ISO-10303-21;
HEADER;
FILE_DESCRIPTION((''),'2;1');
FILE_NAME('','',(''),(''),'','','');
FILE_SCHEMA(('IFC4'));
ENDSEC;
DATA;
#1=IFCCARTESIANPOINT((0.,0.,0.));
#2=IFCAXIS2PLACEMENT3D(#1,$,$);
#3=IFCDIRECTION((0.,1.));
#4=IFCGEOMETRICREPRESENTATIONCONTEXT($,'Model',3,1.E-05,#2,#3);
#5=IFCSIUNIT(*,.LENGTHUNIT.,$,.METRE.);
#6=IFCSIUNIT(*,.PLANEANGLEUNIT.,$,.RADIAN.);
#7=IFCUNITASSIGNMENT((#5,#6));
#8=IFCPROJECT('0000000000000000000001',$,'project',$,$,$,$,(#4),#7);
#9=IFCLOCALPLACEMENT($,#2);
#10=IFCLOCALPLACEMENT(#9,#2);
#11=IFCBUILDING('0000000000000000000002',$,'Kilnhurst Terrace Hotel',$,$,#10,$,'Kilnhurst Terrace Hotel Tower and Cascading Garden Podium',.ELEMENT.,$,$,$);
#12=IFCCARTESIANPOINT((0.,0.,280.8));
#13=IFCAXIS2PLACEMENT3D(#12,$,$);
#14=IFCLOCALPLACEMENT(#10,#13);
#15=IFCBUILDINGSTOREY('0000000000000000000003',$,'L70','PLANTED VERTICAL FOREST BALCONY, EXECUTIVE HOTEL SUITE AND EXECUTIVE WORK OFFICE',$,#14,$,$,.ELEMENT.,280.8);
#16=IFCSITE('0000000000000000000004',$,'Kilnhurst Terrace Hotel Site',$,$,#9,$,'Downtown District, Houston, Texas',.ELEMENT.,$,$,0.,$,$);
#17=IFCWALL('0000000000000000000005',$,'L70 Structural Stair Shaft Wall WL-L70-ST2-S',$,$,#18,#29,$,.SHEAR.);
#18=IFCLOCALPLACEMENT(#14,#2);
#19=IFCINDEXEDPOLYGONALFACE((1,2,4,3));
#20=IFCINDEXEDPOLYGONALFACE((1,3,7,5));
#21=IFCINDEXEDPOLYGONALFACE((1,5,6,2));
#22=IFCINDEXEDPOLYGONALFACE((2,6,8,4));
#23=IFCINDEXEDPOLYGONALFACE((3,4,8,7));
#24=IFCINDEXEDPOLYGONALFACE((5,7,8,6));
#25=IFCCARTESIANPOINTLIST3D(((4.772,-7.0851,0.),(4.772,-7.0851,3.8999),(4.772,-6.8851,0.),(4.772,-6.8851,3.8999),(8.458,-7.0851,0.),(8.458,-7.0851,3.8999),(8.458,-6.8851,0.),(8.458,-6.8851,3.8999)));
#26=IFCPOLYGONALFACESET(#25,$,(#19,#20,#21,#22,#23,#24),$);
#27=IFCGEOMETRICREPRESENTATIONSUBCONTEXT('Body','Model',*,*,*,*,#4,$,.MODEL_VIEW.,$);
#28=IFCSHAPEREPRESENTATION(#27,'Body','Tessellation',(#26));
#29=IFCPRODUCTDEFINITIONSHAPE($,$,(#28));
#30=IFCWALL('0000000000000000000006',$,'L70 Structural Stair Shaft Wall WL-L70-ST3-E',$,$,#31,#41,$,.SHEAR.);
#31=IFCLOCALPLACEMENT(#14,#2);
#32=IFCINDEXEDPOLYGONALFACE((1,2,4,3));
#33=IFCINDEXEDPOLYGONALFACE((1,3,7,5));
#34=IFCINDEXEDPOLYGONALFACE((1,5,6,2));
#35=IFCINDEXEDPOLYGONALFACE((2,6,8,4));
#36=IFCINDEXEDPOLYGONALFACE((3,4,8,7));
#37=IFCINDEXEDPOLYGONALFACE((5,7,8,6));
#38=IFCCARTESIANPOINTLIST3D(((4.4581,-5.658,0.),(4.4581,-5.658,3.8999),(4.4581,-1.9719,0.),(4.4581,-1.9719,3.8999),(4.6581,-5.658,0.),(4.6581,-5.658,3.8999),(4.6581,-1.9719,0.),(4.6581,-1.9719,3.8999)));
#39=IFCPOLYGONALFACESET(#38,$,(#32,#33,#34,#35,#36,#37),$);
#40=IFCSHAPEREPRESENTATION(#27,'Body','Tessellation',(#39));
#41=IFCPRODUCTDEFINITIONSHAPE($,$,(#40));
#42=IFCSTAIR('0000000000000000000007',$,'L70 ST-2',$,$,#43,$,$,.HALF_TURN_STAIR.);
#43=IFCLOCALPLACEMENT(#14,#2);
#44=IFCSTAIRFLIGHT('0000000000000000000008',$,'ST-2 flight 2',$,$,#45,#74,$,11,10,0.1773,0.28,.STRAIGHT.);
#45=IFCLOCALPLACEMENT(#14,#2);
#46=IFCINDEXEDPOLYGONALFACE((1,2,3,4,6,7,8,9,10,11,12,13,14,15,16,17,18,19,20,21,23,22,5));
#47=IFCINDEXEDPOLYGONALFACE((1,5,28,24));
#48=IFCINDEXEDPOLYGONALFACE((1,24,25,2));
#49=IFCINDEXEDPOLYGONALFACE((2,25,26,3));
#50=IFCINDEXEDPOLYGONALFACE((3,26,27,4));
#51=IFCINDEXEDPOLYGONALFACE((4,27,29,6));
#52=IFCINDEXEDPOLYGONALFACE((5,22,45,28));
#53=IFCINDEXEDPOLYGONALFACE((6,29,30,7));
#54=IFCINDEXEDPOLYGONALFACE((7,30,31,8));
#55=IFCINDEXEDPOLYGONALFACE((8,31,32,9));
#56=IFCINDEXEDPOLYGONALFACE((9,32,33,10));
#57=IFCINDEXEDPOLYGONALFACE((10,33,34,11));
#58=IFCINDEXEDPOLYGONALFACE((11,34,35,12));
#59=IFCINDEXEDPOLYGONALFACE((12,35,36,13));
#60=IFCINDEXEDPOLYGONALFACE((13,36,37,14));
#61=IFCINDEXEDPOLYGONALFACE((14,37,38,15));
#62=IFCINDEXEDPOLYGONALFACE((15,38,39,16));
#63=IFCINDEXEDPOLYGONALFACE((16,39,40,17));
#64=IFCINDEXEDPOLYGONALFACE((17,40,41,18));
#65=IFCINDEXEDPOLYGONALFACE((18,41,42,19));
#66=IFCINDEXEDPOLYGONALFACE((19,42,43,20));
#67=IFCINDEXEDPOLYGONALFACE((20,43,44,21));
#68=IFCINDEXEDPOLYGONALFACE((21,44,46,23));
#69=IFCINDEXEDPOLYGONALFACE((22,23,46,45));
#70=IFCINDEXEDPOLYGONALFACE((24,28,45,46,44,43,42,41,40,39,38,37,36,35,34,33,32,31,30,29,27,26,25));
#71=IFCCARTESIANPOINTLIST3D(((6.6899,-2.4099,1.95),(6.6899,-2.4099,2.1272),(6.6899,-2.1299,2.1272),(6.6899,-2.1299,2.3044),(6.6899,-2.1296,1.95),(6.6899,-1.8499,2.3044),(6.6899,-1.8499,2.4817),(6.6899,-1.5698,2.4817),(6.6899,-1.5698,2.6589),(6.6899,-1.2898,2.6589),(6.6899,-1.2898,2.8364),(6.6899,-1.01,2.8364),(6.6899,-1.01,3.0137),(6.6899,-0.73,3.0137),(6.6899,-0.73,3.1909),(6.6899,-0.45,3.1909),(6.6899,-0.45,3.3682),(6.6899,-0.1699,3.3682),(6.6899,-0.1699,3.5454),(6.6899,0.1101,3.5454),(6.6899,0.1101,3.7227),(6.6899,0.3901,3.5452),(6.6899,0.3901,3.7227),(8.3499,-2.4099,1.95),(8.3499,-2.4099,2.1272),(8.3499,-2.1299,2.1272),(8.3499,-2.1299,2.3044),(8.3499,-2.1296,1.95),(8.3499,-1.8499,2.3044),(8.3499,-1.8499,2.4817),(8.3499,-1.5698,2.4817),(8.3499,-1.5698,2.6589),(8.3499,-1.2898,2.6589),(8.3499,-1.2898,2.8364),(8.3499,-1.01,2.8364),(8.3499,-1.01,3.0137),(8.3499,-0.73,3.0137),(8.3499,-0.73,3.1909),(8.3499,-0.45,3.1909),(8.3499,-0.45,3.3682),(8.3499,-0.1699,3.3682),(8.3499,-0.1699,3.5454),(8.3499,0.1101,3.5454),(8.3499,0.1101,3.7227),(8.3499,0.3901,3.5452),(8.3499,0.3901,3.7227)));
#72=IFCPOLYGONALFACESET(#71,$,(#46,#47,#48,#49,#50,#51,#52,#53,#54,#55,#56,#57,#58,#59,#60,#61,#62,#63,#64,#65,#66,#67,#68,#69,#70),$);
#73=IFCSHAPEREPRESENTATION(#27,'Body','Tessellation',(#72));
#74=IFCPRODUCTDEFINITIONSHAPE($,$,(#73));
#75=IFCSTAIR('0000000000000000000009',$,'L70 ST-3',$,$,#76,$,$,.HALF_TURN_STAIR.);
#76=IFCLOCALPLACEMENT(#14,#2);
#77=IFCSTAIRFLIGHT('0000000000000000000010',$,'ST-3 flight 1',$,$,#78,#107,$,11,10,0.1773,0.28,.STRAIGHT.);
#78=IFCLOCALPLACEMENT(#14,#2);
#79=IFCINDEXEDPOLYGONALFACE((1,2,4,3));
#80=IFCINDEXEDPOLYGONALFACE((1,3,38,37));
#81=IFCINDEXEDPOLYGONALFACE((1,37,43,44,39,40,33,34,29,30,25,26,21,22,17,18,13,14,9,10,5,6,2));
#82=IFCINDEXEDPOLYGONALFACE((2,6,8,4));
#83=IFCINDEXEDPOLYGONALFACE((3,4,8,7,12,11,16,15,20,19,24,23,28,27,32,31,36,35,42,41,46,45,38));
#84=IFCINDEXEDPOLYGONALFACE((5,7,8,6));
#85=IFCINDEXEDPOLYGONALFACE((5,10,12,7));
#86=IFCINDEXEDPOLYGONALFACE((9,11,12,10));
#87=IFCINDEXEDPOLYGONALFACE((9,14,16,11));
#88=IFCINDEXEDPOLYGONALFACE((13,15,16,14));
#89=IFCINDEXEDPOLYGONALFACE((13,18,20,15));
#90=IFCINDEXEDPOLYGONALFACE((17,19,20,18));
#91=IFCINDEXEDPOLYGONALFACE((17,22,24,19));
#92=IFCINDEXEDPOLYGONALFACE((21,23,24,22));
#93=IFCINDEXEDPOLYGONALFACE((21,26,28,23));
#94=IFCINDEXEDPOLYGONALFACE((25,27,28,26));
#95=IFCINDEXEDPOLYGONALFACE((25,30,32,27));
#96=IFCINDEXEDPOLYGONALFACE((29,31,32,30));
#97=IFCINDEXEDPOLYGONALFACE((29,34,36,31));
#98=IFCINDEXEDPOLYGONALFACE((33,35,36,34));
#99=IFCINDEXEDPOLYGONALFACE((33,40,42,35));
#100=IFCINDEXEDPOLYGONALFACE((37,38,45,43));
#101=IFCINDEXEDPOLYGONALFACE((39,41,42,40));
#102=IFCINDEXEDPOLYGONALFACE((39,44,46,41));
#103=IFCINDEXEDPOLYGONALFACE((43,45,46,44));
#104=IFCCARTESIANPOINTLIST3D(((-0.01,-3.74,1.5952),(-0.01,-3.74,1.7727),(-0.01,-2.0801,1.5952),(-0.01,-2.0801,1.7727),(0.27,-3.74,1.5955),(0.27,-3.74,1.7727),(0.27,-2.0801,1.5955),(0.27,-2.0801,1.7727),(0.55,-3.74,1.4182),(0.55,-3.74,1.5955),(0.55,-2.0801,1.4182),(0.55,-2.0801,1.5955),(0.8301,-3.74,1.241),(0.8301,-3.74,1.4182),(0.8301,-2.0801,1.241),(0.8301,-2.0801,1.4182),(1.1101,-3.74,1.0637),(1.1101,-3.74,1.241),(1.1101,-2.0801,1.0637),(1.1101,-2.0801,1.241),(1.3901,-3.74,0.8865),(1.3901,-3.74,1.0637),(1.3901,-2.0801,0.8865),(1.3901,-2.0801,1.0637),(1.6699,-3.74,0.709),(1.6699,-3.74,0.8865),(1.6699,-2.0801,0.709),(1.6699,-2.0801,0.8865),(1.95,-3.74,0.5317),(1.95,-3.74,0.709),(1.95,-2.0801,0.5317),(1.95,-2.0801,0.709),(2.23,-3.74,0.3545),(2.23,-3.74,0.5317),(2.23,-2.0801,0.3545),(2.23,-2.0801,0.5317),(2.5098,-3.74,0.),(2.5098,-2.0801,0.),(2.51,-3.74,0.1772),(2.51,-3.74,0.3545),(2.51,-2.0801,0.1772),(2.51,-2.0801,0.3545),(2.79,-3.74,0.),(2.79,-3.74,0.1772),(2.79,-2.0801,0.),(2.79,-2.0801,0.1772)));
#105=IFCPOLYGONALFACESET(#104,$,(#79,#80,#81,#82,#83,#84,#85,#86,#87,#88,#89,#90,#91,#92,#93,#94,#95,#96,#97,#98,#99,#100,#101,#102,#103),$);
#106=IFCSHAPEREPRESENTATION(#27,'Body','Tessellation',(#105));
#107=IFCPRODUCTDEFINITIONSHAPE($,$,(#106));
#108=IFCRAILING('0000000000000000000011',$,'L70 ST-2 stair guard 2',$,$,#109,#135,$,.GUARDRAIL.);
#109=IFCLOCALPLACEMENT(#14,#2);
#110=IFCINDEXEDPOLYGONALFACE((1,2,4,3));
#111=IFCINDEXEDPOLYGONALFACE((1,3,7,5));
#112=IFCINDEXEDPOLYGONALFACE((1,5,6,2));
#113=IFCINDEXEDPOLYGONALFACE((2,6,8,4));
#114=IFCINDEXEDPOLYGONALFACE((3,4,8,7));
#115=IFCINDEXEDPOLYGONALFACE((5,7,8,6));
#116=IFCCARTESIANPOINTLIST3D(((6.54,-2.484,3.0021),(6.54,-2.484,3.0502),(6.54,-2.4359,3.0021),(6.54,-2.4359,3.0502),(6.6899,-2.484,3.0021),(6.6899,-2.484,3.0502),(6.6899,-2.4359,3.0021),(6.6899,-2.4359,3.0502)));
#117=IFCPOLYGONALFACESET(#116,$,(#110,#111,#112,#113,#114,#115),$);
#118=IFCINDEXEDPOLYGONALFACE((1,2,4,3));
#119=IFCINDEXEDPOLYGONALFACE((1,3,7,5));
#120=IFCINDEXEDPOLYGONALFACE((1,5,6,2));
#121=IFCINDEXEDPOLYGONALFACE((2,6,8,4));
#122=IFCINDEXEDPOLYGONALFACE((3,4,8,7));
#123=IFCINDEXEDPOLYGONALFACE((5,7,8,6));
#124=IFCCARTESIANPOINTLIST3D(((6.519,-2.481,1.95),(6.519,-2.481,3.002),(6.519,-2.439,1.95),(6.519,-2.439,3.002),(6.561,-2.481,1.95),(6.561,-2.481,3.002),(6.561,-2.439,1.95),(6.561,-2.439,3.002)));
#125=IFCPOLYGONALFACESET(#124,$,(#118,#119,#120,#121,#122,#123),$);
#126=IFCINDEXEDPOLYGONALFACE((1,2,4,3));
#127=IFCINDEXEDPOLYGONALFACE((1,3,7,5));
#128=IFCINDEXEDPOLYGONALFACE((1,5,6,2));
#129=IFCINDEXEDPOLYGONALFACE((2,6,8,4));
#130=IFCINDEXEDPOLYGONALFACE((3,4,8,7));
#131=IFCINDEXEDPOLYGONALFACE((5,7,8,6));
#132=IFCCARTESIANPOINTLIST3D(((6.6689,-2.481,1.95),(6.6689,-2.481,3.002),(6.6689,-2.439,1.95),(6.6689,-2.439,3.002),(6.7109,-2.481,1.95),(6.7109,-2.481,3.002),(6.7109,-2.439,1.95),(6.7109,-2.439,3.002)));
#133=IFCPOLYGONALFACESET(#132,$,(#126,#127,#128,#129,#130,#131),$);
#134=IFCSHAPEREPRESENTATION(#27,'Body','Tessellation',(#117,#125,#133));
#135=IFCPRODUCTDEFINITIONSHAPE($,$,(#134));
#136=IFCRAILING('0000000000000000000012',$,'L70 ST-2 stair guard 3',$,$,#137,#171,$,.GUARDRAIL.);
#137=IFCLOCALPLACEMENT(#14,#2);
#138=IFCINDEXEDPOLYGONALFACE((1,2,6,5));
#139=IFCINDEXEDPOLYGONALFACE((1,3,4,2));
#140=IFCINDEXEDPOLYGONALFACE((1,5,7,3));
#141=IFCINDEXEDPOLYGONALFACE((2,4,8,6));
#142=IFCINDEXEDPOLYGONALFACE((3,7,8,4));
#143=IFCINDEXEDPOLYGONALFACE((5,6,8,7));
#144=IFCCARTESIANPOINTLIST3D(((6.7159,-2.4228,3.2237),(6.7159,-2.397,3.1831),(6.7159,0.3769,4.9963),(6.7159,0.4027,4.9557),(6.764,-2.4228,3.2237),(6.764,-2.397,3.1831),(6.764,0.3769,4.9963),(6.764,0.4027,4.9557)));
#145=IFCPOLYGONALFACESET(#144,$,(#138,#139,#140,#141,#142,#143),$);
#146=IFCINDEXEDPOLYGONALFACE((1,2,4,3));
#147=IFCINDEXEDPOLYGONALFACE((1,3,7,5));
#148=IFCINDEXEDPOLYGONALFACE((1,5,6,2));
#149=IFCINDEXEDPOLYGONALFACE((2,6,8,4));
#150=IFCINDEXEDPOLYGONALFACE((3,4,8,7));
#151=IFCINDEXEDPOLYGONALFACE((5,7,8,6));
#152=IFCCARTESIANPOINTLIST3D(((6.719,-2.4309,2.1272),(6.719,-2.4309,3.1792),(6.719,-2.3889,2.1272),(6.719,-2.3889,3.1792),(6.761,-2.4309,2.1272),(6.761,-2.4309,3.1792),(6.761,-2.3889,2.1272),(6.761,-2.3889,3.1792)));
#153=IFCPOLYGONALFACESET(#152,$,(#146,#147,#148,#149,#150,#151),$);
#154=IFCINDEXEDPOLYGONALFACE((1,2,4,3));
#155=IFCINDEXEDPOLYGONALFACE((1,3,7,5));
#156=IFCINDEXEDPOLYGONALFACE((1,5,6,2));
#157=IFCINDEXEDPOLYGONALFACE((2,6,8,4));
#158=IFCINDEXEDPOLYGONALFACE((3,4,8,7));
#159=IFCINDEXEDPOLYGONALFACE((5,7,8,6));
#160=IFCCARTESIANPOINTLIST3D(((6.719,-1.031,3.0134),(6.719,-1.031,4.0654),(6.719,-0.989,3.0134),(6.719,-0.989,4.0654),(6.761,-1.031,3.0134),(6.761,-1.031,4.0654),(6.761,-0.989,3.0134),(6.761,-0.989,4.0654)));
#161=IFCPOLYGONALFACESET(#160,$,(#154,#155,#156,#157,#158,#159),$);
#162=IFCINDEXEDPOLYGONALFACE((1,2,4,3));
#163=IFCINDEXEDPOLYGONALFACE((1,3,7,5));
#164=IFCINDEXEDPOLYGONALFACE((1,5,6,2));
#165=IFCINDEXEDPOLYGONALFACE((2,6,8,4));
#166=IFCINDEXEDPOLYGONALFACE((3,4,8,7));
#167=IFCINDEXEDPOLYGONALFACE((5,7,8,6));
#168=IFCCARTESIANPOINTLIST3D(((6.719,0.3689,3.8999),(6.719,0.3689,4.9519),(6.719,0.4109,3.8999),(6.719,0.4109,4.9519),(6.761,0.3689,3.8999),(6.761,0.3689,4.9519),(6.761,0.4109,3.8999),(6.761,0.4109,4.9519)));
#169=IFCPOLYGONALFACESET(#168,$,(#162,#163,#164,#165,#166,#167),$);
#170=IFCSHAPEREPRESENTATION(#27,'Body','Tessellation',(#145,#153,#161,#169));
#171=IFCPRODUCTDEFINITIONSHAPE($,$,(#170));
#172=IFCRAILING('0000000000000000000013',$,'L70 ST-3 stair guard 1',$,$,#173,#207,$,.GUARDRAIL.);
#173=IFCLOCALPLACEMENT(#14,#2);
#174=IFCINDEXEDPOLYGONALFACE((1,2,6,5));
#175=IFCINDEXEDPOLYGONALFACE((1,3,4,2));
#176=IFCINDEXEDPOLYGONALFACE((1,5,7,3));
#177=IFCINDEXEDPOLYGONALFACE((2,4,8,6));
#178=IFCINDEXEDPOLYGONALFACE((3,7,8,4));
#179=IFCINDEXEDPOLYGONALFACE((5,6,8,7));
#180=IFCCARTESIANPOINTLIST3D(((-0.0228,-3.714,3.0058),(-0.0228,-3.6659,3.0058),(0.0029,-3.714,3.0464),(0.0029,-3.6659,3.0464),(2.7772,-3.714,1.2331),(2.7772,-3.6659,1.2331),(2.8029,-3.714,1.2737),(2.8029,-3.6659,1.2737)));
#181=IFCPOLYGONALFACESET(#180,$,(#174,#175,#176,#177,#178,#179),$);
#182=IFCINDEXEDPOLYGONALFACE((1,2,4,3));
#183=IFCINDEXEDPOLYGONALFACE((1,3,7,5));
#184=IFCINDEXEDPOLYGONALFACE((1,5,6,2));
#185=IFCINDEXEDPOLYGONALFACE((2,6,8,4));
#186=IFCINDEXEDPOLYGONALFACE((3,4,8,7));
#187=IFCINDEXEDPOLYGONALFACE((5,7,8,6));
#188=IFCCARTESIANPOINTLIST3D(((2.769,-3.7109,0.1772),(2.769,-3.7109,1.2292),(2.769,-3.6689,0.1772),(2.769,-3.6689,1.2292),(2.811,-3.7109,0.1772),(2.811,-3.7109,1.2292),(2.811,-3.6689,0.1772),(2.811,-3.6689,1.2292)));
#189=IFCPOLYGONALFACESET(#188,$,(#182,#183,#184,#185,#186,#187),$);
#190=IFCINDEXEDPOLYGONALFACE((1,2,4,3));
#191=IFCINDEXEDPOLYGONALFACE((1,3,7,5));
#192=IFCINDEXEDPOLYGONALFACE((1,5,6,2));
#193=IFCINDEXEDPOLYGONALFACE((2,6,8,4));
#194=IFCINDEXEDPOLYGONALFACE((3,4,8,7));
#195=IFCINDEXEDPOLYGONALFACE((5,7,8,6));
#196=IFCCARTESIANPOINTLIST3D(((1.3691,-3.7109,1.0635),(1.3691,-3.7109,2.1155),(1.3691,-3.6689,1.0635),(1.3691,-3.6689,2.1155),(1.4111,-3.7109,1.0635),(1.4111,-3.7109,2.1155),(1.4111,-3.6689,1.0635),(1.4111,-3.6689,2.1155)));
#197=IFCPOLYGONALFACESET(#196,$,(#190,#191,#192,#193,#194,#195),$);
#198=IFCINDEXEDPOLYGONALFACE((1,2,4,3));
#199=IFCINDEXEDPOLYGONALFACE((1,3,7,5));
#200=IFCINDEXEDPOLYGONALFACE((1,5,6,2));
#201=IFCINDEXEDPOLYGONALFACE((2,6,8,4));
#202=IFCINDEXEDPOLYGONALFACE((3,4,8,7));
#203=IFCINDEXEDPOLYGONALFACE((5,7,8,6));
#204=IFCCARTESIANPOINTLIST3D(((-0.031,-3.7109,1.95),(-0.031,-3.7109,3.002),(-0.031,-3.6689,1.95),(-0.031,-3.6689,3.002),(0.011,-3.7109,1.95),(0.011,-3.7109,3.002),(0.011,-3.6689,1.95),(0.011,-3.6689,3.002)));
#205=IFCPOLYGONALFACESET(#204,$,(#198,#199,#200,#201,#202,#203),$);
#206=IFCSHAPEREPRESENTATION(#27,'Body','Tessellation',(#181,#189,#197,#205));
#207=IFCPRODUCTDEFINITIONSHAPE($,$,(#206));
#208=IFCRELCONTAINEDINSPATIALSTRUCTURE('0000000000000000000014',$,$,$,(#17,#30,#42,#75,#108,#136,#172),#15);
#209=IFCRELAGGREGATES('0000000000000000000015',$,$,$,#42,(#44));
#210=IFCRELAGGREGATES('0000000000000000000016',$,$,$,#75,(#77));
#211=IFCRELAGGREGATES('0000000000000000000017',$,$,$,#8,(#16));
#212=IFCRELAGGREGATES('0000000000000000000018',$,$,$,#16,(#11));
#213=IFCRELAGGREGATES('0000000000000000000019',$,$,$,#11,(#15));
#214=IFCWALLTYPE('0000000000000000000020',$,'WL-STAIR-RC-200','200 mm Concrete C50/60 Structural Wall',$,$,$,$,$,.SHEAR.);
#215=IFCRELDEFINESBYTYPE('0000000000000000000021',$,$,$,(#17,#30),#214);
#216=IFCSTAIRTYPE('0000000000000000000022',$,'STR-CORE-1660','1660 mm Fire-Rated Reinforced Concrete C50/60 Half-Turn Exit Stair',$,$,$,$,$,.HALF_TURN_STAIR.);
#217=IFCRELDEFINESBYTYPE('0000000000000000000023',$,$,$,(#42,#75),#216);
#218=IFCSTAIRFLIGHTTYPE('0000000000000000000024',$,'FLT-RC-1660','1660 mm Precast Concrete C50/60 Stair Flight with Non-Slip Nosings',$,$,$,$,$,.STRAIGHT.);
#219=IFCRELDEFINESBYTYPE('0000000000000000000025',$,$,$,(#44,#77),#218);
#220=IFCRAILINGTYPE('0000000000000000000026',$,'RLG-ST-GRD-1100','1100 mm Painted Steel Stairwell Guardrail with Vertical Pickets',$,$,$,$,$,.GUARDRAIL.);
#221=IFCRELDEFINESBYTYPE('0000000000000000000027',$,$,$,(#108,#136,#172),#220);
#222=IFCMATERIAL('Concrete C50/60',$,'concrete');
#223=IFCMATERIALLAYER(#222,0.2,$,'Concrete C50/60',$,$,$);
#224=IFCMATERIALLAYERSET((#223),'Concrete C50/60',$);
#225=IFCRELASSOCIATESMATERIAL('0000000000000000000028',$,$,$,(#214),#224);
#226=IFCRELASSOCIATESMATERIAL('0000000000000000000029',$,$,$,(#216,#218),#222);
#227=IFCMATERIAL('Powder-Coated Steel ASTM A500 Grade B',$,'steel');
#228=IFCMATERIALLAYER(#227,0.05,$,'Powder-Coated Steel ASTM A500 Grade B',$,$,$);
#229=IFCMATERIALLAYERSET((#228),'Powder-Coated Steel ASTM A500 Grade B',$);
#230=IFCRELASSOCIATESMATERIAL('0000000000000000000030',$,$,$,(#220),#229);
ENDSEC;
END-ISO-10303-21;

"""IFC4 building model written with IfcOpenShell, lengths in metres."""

from ifc_helpers import new_model, si_unit, direction, frame, frame_2d, origin, origin_2d, place, context, subcontext, project, spatial, polyline, rectangle, outline, extrude, material, layer, layer_set, type_object, element, aggregate, save


model = new_model("IFC4")

# Units and contexts
model_context = context("Model", 3, precision=1e-05, world=origin(), true_north=direction((0.0, 1.0)))
body_context = subcontext(model_context, "Body", "Model", "MODEL_VIEW")
ifc_project = project(units=[si_unit("LENGTHUNIT", "METRE"), si_unit("PLANEANGLEUNIT", "RADIAN")], contexts=[model_context])

# Site, building, storey
site_placement = place(None, origin())
site = spatial("IfcSite", under=ifc_project, at=site_placement, Name="Kilnhurst Terrace Hotel Site", LongName="Downtown District, Houston, Texas", CompositionType="ELEMENT", RefElevation=0.0)
building_placement = place(site_placement, origin())
building = spatial("IfcBuilding", under=site, at=building_placement, Name="Kilnhurst Terrace Hotel", LongName="Kilnhurst Terrace Hotel Tower and Cascading Garden Podium", CompositionType="ELEMENT")
storey_placement = place(building_placement, frame((0.0, 0.0, 280.8)))
storey = spatial("IfcBuildingStorey", under=building, at=storey_placement, Name="L70", Description="PLANTED VERTICAL FOREST BALCONY, EXECUTIVE HOTEL SUITE AND EXECUTIVE WORK OFFICE", CompositionType="ELEMENT", Elevation=280.8)

# Shared definitions
ifc_material_1 = material(Name="Concrete C50/60", Category="concrete")

# Walls
ifc_layer_1 = layer(ifc_material_1, 0.2, Name="Concrete C50/60")
ifc_layer_set_1 = layer_set([ifc_layer_1], Name="Concrete C50/60")
wall_type_1 = type_object("IfcWallType", Name="WL-STAIR-RC-200", Description="200 mm Concrete C50/60 Structural Wall", PredefinedType="SHEAR", material=ifc_layer_set_1)
for number, where, z_axis, x_axis, name in (
    (1, (4.772, -6.9851, 0.0), (0.0, 0.0, 1.0), (1.0, 0.0, 0.0), "L70 Structural Stair Shaft Wall WL-L70-ST2-S"),
    (2, (4.5581, -5.658, 0.0), (0.0, 0.0, 1.0), (0.0, 1.0, 0.0), "L70 Structural Stair Shaft Wall WL-L70-ST3-E"),
):
    element("IfcWall", number, at=place(storey_placement, frame(where, z_axis=z_axis, x_axis=x_axis)), inside=storey, type_object=wall_type_1, Name=name, PredefinedType="SHEAR", context=body_context, shape_type="SweptSolid", body=[
        extrude(rectangle(XDim=3.686, YDim=0.2, at=frame_2d((1.843, 0.0))), origin(), (0.0, 0.0, 1.0), 3.8999),
    ])

# Stairs, stair flights
stair_type = type_object("IfcStairType", Name="STR-CORE-1660", Description="1660 mm Fire-Rated Reinforced Concrete C50/60 Half-Turn Exit Stair", PredefinedType="HALF_TURN_STAIR", material=ifc_material_1)
stair_1_placement = place(storey_placement, origin())
stair_1 = element("IfcStair", 3, at=stair_1_placement, inside=storey, type_object=stair_type, Name="L70 ST-2", PredefinedType="HALF_TURN_STAIR")
stair_flight_type = type_object("IfcStairFlightType", Name="FLT-RC-1660", Description="1660 mm Precast Concrete C50/60 Stair Flight with Non-Slip Nosings", PredefinedType="STRAIGHT", material=ifc_material_1)
stair_flight_1_placement = place(storey_placement, frame((7.52, -2.4099, 1.95), z_axis=(0.0, 0.0, 1.0), x_axis=(0.0, 1.0, 0.0)))
stair_flight_1 = element("IfcStairFlight", 4, at=stair_flight_1_placement, type_object=stair_flight_type, Name="ST-2 flight 2", NumberOfRisers=11, NumberOfTreads=10, PredefinedType="STRAIGHT", RiserHeight=0.1773, TreadLength=0.28, context=body_context, shape_type="SweptSolid", body=[
    extrude(outline(polyline([(0.0, 0.0), (0.0, 0.1772), (0.28, 0.1772), (0.28, 0.3545), (0.5601, 0.3545), (0.5601, 0.5317), (0.8401, 0.5317), (0.8401, 0.709), (1.1201, 0.709), (1.1201, 0.8865), (1.3999, 0.8865), (1.3999, 1.0637), (1.6799, 1.0637), (1.6799, 1.241), (1.96, 1.241), (1.96, 1.4182), (2.24, 1.4182), (2.24, 1.5955), (2.52, 1.5955), (2.52, 1.7727), (2.8, 1.7727), (2.8, 1.95), (2.8, 1.5952), (0.2803, 0.0), (0.0, 0.0)])), frame((0.0, 0.8301, 0.0), z_axis=(0.0, -1.0, 0.0), x_axis=(1.0, 0.0, 0.0)), (0.0, 0.0, 1.0), 1.6599),
])
aggregate(stair_1, [stair_flight_1])
stair_2_placement = place(storey_placement, origin())
stair_2 = element("IfcStair", 5, at=stair_2_placement, inside=storey, type_object=stair_type, Name="L70 ST-3", PredefinedType="HALF_TURN_STAIR")
stair_flight_2_placement = place(storey_placement, frame((2.79, -2.9099, 0.0), z_axis=(0.0, 0.0, 1.0), x_axis=(-1.0, 0.0, 0.0)))
stair_flight_2 = element("IfcStairFlight", 6, at=stair_flight_2_placement, type_object=stair_flight_type, Name="ST-3 flight 1", NumberOfRisers=11, NumberOfTreads=10, PredefinedType="STRAIGHT", RiserHeight=0.1773, TreadLength=0.28, context=body_context, shape_type="SweptSolid", body=[
    extrude(outline(polyline([(0.0, 0.0), (0.0, 0.1772), (0.28, 0.1772), (0.28, 0.3545), (0.5601, 0.3545), (0.5601, 0.5317), (0.8401, 0.5317), (0.8401, 0.709), (1.1201, 0.709), (1.1201, 0.8865), (1.3999, 0.8865), (1.3999, 1.0637), (1.6799, 1.0637), (1.6799, 1.241), (1.96, 1.241), (1.96, 1.4182), (2.24, 1.4182), (2.24, 1.5955), (2.52, 1.5955), (2.52, 1.7727), (2.8, 1.7727), (2.8, 1.95), (2.8, 1.5952), (0.2803, 0.0), (0.0, 0.0)])), frame((0.0, 0.8301, 0.0), z_axis=(0.0, -1.0, 0.0), x_axis=(1.0, 0.0, 0.0)), (0.0, 0.0, 1.0), 1.6599),
])
aggregate(stair_2, [stair_flight_2])

# Railings
ifc_material_2 = material(Name="Powder-Coated Steel ASTM A500 Grade B", Category="steel")
ifc_layer_2 = layer(ifc_material_2, 0.05, Name="Powder-Coated Steel ASTM A500 Grade B")
ifc_layer_set_2 = layer_set([ifc_layer_2], Name="Powder-Coated Steel ASTM A500 Grade B")
railing_type_1 = type_object("IfcRailingType", Name="RLG-ST-GRD-1100", Description="1100 mm Painted Steel Stairwell Guardrail with Vertical Pickets", PredefinedType="GUARDRAIL", material=ifc_layer_set_2)
railing_1_placement = place(storey_placement, frame((6.54, -2.46, 1.95)))
element("IfcRailing", 7, at=railing_1_placement, inside=storey, type_object=railing_type_1, Name="L70 ST-2 stair guard 2", PredefinedType="GUARDRAIL", context=body_context, shape_type="SweptSolid", body=[
    extrude(rectangle(XDim=0.0481, YDim=0.0481, at=origin_2d()), frame((0.0, 0.0, 1.0762), z_axis=(1.0, 0.0, 0.0), x_axis=(0.0, 1.0, 0.0)), (0.0, 0.0, 1.0), 0.1499),
    extrude(rectangle(XDim=0.042, YDim=0.042, at=origin_2d()), origin(), (0.0, 0.0, 1.0), 1.052),
    extrude(rectangle(XDim=0.042, YDim=0.042, at=origin_2d()), frame((0.1499, 0.0, 0.0)), (0.0, 0.0, 1.0), 1.052),
])
railing_2_placement = place(storey_placement, frame((6.74, -2.4099, 2.1272)))
element("IfcRailing", 8, at=railing_2_placement, inside=storey, type_object=railing_type_1, Name="L70 ST-2 stair guard 3", PredefinedType="GUARDRAIL", context=body_context, shape_type="SweptSolid", body=[
    extrude(rectangle(XDim=0.0481, YDim=0.0481, at=origin_2d()), frame((0.0, 0.0, 1.0762), z_axis=(0.0, 0.844888, 0.534943), x_axis=(-1.0, 0.0, 0.0)), (0.0, 0.0, 1.0), 3.3137),
    extrude(rectangle(XDim=0.042, YDim=0.042, at=origin_2d()), origin(), (0.0, 0.0, 1.0), 1.052),
    extrude(rectangle(XDim=0.042, YDim=0.042, at=origin_2d()), frame((0.0, 1.3999, 0.8862)), (0.0, 0.0, 1.0), 1.052),
    extrude(rectangle(XDim=0.042, YDim=0.042, at=origin_2d()), frame((0.0, 2.7998, 1.7727)), (0.0, 0.0, 1.0), 1.052),
])
railing_3_placement = place(storey_placement, frame((2.79, -3.6899, 0.1772)))
element("IfcRailing", 9, at=railing_3_placement, inside=storey, type_object=railing_type_1, Name="L70 ST-3 stair guard 1", PredefinedType="GUARDRAIL", context=body_context, shape_type="SweptSolid", body=[
    extrude(rectangle(XDim=0.0481, YDim=0.0481, at=origin_2d()), frame((0.0, 0.0, 1.0762), z_axis=(-0.844909, 0.0, 0.53491), x_axis=(0.0, -1.0, 0.0)), (0.0, 0.0, 1.0), 3.314),
    extrude(rectangle(XDim=0.042, YDim=0.042, at=origin_2d()), origin(), (0.0, 0.0, 1.0), 1.052),
    extrude(rectangle(XDim=0.042, YDim=0.042, at=origin_2d()), frame((-1.3999, 0.0, 0.8862)), (0.0, 0.0, 1.0), 1.052),
    extrude(rectangle(XDim=0.042, YDim=0.042, at=origin_2d()), frame((-2.8, 0.0, 1.7727)), (0.0, 0.0, 1.0), 1.052),
])

save(model, "model.ifc")
